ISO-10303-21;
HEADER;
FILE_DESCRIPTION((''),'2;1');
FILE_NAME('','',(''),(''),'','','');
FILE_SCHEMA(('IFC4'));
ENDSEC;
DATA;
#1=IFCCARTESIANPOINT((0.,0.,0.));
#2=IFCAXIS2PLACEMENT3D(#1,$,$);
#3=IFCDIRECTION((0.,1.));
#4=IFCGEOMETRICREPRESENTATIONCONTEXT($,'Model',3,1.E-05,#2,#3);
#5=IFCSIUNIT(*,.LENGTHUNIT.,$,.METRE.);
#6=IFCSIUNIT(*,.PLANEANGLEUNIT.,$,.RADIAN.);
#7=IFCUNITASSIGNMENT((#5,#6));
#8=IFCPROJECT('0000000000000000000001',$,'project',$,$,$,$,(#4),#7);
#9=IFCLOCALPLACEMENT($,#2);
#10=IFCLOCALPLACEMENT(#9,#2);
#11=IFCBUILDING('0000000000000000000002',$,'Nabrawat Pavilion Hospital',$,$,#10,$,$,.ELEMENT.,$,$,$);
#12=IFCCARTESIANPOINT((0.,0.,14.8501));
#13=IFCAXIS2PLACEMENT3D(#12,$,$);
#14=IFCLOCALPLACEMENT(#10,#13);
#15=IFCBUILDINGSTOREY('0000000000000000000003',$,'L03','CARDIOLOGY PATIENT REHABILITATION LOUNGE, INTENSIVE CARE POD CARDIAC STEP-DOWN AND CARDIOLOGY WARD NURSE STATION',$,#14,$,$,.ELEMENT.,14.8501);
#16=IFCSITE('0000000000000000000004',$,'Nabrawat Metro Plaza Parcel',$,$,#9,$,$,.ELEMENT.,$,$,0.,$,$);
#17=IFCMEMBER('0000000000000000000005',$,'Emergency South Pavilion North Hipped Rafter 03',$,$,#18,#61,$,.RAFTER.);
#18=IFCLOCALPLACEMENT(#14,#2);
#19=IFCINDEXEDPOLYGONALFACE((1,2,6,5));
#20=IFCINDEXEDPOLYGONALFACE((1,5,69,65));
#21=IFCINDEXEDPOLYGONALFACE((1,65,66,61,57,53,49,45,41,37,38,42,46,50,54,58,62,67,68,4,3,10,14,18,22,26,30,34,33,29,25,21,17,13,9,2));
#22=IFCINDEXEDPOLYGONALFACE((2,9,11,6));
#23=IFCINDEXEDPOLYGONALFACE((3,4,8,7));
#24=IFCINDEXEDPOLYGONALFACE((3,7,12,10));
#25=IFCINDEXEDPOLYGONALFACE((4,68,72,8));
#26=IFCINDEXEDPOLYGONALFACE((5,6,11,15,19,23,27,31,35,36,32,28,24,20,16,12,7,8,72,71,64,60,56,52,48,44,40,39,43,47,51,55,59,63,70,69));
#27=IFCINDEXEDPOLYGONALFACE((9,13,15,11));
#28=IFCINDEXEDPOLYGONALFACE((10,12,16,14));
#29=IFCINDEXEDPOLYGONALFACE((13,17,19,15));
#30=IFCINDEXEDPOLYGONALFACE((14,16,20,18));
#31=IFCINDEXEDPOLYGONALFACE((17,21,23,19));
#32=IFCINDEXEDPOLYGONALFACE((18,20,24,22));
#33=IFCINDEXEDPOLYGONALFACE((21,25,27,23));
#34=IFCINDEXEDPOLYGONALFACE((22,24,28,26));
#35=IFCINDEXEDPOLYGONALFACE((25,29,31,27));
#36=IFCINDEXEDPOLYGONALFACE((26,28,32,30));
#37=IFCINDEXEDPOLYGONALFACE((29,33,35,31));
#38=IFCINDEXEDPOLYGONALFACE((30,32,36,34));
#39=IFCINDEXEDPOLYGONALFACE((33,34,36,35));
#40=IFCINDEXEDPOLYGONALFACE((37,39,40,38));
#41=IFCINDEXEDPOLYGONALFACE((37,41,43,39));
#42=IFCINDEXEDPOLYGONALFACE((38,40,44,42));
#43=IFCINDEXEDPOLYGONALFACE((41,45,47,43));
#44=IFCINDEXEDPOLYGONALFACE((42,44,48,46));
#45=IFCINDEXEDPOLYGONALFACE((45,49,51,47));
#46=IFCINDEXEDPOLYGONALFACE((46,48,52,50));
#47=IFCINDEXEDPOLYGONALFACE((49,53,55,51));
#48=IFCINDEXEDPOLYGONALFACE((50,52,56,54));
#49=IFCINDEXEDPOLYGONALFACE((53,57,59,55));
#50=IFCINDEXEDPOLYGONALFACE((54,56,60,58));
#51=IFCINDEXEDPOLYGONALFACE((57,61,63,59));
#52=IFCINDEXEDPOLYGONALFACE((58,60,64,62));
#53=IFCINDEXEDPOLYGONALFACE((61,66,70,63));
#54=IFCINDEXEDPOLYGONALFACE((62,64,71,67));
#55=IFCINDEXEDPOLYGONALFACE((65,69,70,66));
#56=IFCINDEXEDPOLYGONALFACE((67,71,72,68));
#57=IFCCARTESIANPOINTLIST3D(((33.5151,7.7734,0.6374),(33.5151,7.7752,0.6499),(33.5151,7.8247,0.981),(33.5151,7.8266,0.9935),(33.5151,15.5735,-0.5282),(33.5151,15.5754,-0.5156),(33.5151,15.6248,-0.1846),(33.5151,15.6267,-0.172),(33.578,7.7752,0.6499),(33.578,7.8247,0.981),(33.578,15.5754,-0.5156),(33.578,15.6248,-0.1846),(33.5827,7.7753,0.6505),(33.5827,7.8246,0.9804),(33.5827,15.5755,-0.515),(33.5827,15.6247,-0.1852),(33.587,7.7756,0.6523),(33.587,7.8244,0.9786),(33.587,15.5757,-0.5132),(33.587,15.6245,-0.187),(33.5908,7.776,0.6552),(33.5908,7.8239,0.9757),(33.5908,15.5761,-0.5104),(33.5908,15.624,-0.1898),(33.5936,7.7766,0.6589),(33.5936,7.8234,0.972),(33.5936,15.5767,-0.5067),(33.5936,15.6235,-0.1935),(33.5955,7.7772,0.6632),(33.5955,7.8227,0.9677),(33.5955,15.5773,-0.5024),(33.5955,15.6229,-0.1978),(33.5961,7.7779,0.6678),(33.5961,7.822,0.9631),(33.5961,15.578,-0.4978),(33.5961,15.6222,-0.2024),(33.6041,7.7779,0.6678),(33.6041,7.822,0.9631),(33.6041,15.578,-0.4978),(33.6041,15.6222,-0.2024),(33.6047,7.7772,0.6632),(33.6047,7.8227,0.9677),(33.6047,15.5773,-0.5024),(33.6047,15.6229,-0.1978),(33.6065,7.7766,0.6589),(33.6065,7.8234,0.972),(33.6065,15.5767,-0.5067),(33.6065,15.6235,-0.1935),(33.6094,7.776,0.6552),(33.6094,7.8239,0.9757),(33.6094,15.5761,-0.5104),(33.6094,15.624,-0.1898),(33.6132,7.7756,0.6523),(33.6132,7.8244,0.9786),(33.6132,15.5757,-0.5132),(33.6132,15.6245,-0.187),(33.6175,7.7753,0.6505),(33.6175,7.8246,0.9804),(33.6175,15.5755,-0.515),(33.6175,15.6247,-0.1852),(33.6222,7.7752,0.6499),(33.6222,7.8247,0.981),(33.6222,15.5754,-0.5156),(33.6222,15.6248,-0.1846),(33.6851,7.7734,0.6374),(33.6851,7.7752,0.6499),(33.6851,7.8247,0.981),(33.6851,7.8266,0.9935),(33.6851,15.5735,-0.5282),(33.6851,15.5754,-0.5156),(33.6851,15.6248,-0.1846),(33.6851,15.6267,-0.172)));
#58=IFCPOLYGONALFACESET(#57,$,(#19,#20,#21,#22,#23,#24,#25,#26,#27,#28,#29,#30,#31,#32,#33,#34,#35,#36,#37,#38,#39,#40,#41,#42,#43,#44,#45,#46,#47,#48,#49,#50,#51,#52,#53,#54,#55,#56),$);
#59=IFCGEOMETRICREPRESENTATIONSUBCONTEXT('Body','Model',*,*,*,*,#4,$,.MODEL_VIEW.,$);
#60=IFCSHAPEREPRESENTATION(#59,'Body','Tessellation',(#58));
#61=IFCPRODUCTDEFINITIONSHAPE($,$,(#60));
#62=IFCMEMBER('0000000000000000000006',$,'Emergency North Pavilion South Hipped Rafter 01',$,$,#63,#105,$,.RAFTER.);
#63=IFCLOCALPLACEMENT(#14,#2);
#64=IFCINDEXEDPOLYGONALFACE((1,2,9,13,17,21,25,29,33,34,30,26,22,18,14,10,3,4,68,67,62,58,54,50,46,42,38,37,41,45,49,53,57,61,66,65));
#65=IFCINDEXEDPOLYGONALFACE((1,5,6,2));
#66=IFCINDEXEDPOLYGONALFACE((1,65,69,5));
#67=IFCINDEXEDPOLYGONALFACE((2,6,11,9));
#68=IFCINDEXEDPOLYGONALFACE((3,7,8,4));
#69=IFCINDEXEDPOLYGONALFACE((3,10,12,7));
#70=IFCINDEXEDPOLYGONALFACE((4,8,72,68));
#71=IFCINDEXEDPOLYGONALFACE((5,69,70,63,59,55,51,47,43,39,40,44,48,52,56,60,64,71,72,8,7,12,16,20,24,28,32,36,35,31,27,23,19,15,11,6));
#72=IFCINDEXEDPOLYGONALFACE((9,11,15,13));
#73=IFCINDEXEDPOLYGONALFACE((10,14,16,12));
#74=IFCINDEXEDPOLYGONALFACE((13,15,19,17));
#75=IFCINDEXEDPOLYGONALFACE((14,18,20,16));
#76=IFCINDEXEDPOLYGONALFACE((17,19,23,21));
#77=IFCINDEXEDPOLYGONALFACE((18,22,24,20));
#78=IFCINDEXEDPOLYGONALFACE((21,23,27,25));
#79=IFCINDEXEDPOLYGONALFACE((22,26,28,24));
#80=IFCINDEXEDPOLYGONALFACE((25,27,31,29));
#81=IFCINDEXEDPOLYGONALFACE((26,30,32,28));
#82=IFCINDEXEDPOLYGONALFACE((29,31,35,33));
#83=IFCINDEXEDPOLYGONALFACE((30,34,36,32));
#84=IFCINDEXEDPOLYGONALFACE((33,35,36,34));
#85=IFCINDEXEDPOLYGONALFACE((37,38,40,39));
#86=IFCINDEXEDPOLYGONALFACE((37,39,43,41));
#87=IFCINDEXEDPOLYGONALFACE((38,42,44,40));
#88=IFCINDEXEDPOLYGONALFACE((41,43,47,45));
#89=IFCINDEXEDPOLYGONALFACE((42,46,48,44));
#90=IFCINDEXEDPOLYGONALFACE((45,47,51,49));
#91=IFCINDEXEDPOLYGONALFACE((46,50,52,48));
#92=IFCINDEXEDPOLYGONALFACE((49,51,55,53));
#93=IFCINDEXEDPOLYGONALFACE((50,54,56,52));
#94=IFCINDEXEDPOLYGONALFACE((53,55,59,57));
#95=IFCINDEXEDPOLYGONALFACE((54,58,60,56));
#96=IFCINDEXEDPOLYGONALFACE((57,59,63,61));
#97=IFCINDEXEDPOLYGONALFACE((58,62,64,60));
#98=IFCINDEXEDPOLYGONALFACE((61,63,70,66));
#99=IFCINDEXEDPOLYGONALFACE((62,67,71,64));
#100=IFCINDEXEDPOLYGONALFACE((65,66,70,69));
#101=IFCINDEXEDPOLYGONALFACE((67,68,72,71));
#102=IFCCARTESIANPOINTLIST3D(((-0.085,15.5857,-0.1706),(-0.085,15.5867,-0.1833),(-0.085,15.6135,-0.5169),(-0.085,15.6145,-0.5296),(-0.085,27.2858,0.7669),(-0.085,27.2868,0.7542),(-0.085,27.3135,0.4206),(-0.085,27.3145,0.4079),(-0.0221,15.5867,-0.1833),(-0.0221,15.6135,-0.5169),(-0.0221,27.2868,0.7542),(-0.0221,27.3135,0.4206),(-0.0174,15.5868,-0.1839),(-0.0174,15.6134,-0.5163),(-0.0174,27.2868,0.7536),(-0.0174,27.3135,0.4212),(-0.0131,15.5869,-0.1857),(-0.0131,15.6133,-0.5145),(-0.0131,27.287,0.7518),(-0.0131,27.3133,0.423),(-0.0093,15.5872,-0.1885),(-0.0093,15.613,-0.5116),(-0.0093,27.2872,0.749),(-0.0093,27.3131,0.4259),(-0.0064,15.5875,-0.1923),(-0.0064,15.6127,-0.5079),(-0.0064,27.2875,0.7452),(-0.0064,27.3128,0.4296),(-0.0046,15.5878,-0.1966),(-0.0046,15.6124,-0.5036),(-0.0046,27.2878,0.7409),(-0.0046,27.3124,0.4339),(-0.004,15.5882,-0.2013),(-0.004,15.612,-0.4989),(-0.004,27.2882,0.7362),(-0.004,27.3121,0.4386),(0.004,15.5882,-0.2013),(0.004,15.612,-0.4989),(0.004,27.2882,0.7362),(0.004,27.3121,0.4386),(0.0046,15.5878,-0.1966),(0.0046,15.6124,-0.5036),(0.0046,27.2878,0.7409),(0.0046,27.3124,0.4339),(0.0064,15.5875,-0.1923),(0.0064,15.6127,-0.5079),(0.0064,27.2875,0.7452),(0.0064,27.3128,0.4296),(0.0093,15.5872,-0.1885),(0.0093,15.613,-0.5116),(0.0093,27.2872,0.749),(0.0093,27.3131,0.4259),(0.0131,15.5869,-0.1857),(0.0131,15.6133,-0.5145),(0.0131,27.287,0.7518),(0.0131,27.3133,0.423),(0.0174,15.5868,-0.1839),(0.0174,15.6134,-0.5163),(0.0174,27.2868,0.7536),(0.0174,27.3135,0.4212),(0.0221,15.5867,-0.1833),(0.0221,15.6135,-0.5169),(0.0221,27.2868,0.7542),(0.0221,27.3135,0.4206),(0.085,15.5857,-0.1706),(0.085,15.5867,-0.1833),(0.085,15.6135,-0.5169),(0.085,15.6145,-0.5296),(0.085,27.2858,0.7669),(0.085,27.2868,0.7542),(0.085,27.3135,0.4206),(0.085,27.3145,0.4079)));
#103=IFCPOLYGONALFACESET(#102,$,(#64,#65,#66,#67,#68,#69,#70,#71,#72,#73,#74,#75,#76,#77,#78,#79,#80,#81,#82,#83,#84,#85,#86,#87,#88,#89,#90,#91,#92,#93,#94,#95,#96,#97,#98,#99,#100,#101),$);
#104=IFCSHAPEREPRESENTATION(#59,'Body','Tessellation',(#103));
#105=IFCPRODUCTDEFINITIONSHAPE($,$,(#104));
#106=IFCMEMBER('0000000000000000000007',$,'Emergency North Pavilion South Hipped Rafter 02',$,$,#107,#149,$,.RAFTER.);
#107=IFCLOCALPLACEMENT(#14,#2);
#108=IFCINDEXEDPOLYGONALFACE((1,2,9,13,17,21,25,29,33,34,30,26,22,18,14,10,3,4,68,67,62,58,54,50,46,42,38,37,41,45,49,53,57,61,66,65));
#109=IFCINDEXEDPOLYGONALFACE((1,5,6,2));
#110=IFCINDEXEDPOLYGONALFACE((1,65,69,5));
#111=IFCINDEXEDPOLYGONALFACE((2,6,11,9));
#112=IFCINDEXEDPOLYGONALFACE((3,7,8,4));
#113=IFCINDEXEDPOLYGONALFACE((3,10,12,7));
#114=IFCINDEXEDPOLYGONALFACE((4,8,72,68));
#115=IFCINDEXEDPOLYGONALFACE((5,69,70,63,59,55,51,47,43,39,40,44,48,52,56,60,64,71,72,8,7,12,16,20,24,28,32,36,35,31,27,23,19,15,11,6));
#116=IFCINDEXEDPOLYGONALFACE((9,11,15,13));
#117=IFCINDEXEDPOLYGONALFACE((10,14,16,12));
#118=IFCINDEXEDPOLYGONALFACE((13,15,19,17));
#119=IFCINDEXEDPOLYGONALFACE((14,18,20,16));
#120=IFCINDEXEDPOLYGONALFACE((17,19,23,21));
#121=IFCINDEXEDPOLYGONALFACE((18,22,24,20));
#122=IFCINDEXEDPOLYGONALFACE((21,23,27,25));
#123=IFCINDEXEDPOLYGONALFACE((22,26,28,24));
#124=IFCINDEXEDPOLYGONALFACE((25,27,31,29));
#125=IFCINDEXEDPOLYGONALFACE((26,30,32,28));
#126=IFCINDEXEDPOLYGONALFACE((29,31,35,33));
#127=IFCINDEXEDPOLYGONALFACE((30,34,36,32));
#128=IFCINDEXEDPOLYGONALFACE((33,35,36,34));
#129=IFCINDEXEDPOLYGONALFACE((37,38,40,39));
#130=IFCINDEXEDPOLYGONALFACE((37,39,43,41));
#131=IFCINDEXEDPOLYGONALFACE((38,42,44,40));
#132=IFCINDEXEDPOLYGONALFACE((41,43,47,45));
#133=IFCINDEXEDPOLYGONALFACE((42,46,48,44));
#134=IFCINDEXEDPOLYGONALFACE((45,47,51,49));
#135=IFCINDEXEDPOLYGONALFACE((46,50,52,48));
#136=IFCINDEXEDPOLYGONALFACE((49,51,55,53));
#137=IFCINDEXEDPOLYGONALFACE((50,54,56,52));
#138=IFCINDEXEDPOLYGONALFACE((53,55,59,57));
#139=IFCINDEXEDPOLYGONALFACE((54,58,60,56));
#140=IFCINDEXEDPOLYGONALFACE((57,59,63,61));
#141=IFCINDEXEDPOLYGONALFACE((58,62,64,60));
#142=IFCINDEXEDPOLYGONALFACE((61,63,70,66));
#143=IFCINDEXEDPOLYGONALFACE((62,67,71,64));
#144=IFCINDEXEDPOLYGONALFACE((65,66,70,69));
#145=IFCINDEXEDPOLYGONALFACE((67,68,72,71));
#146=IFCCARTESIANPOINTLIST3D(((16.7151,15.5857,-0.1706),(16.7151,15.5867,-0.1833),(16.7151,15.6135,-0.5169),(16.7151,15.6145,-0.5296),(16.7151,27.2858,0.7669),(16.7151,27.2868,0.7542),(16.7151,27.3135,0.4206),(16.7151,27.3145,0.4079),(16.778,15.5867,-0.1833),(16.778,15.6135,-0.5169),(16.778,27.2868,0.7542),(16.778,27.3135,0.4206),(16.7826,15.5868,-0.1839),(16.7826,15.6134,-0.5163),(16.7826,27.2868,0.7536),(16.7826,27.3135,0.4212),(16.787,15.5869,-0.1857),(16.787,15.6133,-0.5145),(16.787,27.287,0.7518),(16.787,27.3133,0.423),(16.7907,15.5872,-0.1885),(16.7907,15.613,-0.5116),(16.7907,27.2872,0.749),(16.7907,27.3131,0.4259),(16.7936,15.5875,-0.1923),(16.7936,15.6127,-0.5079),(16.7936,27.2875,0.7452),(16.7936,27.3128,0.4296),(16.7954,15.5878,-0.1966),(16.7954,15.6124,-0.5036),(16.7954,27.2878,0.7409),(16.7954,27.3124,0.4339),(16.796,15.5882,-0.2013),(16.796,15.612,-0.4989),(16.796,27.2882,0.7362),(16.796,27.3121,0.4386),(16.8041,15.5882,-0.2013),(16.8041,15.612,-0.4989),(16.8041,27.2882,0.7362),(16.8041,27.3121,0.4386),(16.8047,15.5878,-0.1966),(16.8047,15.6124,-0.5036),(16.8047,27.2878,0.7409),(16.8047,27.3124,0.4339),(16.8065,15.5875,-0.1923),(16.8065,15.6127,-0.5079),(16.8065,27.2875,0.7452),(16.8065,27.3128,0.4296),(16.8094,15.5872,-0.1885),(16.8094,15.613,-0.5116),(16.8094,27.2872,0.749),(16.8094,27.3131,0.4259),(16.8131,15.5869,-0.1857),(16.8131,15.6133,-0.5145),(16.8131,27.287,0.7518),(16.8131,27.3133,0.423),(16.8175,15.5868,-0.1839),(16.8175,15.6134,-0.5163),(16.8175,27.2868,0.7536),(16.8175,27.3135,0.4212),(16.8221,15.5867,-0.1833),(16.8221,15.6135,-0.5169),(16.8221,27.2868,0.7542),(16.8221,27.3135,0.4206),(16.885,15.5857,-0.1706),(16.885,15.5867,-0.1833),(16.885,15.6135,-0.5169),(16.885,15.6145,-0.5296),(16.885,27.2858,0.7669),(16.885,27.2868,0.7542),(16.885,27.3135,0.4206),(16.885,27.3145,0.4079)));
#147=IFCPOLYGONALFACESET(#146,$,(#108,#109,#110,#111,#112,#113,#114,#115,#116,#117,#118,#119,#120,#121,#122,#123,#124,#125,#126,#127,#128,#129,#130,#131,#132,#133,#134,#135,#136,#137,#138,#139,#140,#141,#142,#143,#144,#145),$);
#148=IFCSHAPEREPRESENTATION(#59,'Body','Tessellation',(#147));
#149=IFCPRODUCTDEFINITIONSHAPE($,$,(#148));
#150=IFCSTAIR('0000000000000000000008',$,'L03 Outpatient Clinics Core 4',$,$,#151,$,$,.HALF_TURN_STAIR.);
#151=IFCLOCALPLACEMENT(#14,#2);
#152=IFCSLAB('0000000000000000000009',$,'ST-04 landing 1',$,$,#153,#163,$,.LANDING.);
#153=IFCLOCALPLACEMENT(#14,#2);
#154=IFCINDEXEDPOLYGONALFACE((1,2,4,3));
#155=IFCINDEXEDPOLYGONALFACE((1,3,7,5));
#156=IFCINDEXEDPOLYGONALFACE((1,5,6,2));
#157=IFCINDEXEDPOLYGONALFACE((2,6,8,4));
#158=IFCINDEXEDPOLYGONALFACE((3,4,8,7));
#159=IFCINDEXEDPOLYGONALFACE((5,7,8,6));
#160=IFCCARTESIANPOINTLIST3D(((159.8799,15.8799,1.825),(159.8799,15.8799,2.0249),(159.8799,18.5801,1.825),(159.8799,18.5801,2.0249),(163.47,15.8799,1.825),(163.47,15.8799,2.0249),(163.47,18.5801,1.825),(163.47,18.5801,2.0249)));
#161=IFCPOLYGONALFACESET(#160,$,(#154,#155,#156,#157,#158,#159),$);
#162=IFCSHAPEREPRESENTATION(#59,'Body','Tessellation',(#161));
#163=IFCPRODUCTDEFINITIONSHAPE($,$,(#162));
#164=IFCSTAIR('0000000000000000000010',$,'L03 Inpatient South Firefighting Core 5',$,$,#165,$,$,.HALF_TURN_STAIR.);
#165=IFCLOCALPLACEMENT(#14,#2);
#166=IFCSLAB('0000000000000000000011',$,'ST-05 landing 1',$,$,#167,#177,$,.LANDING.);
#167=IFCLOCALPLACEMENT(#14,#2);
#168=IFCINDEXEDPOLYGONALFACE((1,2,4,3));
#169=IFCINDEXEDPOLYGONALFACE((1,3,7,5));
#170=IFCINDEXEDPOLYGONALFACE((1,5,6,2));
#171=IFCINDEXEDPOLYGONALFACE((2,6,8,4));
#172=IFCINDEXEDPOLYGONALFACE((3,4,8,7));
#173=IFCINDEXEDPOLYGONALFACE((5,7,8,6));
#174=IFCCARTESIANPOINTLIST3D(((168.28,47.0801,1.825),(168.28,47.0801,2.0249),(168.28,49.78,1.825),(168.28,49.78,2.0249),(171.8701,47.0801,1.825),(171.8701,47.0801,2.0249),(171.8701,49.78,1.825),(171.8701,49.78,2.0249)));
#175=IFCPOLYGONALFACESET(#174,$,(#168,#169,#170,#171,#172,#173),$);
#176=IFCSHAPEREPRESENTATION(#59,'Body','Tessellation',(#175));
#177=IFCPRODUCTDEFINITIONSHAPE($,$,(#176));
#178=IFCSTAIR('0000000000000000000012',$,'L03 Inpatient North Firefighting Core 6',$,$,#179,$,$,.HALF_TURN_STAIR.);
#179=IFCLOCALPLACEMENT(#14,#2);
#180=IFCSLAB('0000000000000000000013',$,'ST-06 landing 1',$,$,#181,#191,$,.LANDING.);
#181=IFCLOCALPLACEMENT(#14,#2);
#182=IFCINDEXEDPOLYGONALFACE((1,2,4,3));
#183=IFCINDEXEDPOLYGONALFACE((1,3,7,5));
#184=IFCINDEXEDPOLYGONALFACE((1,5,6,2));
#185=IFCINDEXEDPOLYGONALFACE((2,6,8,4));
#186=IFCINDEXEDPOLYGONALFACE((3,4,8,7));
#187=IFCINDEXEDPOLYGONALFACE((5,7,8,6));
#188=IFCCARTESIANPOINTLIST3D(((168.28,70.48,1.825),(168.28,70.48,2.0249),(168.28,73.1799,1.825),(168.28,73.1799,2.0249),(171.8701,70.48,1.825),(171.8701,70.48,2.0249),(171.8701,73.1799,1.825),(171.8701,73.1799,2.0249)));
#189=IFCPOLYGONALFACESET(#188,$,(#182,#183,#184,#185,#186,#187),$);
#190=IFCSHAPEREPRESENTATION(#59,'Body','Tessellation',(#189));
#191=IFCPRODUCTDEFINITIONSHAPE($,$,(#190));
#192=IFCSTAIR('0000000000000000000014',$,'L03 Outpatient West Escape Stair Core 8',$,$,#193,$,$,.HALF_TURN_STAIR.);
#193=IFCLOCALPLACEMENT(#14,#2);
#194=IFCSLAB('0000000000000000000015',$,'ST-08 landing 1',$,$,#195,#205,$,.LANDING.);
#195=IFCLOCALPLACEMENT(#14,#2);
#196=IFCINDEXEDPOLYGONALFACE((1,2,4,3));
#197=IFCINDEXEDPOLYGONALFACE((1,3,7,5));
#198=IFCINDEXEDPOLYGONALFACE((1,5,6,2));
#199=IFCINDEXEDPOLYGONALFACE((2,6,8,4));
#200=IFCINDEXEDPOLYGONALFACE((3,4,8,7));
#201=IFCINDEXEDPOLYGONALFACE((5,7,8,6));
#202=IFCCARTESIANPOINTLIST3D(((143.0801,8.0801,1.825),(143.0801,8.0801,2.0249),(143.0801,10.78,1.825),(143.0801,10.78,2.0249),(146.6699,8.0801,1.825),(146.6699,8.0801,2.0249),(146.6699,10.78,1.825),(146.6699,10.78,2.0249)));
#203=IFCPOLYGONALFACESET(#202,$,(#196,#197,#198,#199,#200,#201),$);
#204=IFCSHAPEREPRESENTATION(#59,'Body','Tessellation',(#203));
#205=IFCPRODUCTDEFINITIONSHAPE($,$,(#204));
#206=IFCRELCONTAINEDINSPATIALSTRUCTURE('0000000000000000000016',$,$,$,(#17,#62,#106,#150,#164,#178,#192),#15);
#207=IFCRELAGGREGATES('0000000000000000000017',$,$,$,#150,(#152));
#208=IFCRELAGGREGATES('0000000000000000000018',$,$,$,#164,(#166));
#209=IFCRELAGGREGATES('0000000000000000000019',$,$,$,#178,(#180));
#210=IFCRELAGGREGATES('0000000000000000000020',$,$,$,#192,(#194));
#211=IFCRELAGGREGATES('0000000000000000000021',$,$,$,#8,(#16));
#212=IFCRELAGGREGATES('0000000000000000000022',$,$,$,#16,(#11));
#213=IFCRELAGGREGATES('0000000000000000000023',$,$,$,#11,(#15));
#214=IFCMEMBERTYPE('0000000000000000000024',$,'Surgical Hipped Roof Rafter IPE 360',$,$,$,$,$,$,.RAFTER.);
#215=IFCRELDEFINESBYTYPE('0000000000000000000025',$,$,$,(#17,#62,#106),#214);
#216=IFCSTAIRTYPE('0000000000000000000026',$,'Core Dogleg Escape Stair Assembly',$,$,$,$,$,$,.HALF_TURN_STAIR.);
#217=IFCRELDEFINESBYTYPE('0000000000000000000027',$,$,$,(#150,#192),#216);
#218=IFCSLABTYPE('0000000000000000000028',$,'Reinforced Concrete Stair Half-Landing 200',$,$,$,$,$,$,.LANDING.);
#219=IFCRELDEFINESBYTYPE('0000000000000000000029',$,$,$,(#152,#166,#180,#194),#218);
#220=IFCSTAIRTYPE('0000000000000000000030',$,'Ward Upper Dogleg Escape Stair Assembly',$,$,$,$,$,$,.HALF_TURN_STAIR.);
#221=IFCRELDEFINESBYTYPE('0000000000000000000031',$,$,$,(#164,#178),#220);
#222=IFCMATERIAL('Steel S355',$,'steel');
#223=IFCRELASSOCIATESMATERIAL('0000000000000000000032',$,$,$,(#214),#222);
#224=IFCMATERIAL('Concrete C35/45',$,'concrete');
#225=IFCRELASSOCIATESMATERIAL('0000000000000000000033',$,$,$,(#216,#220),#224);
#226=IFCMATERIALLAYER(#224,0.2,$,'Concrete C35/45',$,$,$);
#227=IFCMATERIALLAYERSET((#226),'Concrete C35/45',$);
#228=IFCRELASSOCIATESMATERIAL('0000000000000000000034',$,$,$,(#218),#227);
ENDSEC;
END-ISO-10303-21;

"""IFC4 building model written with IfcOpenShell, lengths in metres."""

from ifc_helpers import new_model, si_unit, direction, frame, origin, origin_2d, place, context, subcontext, project, spatial, polyline, i_section, outline, extrude, material, layer, layer_set, material_profile, profile_set, type_object, element, aggregate, save


model = new_model("IFC4")

# Units and contexts
model_context = context("Model", 3, precision=1e-05, world=origin(), true_north=direction((0.0, 1.0)))
body_context = subcontext(model_context, "Body", "Model", "MODEL_VIEW")
ifc_project = project(units=[si_unit("LENGTHUNIT", "METRE"), si_unit("PLANEANGLEUNIT", "RADIAN")], contexts=[model_context])

# Site, building, storey
site_placement = place(None, origin())
site = spatial("IfcSite", under=ifc_project, at=site_placement, Name="Nabrawat Metro Plaza Parcel", CompositionType="ELEMENT", RefElevation=0.0)
building_placement = place(site_placement, origin())
building = spatial("IfcBuilding", under=site, at=building_placement, Name="Nabrawat Pavilion Hospital", CompositionType="ELEMENT")
storey_placement = place(building_placement, frame((0.0, 0.0, 14.8501)))
storey = spatial("IfcBuildingStorey", under=building, at=storey_placement, Name="L03", Description="CARDIOLOGY PATIENT REHABILITATION LOUNGE, INTENSIVE CARE POD CARDIAC STEP-DOWN AND CARDIOLOGY WARD NURSE STATION", CompositionType="ELEMENT", Elevation=14.8501)

# Members
ifc_material_1 = material(Name="Steel S355", Category="steel")
ifc_material_profile_1 = material_profile(ifc_material_1, i_section(OverallWidth=0.1699, OverallDepth=0.3601, WebThickness=0.0081, FlangeThickness=0.0127, FilletRadius=0.0181, at=origin_2d()), Name="IPE 360")
ifc_profile_set_1 = profile_set([ifc_material_profile_1], Name="Steel S355")
member_type_1 = type_object("IfcMemberType", Name="Surgical Hipped Roof Rafter IPE 360", PredefinedType="RAFTER", material=ifc_profile_set_1)
for number, where, z_axis, x_axis, name in (
    (1, (33.6001, 15.6001, -0.3501), (0.0, -0.98902, 0.147785), (1.0, 0.0, 0.0), "Emergency South Pavilion North Hipped Rafter 03"),
):
    element("IfcMember", number, at=place(storey_placement, frame(where, z_axis=z_axis, x_axis=x_axis)), inside=storey, type_object=member_type_1, Name=name, PredefinedType="RAFTER", context=body_context, shape_type="SweptSolid", body=[
        extrude(i_section(OverallWidth=0.1699, OverallDepth=0.3601, WebThickness=0.0081, FlangeThickness=0.0127, FilletRadius=0.0181, at=origin_2d()), origin(), (0.0, 0.0, 1.0), 7.8867),
    ])
for number, where, z_axis, x_axis, name in (
    (2, (0.0, 15.6001, -0.3501), (0.0, 0.996805, 0.079873), (-1.0, 0.0, 0.0), "Emergency North Pavilion South Hipped Rafter 01"),
    (3, (16.8, 15.6001, -0.3501), (0.0, 0.996805, 0.079873), (-1.0, 0.0, 0.0), "Emergency North Pavilion South Hipped Rafter 02"),
):
    element("IfcMember", number, at=place(storey_placement, frame(where, z_axis=z_axis, x_axis=x_axis)), inside=storey, type_object=member_type_1, Name=name, PredefinedType="RAFTER", context=body_context, shape_type="SweptSolid", body=[
        extrude(i_section(OverallWidth=0.1699, OverallDepth=0.3601, WebThickness=0.0081, FlangeThickness=0.0127, FilletRadius=0.0181, at=origin_2d()), origin(), (0.0, 0.0, 1.0), 11.7375),
    ])

# Stairs, slabs
ifc_material_2 = material(Name="Concrete C35/45", Category="concrete")
stair_type_1 = type_object("IfcStairType", Name="Core Dogleg Escape Stair Assembly", PredefinedType="HALF_TURN_STAIR", material=ifc_material_2)
stair_1_placement = place(storey_placement, origin())
stair_1 = element("IfcStair", 4, at=stair_1_placement, inside=storey, type_object=stair_type_1, Name="L03 Outpatient Clinics Core 4", PredefinedType="HALF_TURN_STAIR")
ifc_layer_1 = layer(ifc_material_2, 0.2, Name="Concrete C35/45")
ifc_layer_set_1 = layer_set([ifc_layer_1], Name="Concrete C35/45")
slab_type = type_object("IfcSlabType", Name="Reinforced Concrete Stair Half-Landing 200", PredefinedType="LANDING", material=ifc_layer_set_1)
slab_1_placement = place(storey_placement, frame((0.0, 0.0, 1.825)))
slab_1 = element("IfcSlab", 5, at=slab_1_placement, type_object=slab_type, Name="ST-04 landing 1", PredefinedType="LANDING", context=body_context, shape_type="SweptSolid", body=[
    extrude(outline(polyline([(163.47, 15.8799), (163.47, 18.5801), (159.8799, 18.5801), (159.8799, 15.8799), (163.47, 15.8799)])), origin(), (0.0, 0.0, 1.0), 0.2),
])
aggregate(stair_1, [slab_1])
stair_type_2 = type_object("IfcStairType", Name="Ward Upper Dogleg Escape Stair Assembly", PredefinedType="HALF_TURN_STAIR", material=ifc_material_2)
stair_2_placement = place(storey_placement, origin())
stair_2 = element("IfcStair", 6, at=stair_2_placement, inside=storey, type_object=stair_type_2, Name="L03 Inpatient South Firefighting Core 5", PredefinedType="HALF_TURN_STAIR")
slab_2_placement = place(storey_placement, frame((0.0, 0.0, 1.825)))
slab_2 = element("IfcSlab", 7, at=slab_2_placement, type_object=slab_type, Name="ST-05 landing 1", PredefinedType="LANDING", context=body_context, shape_type="SweptSolid", body=[
    extrude(outline(polyline([(171.8701, 47.0801), (171.8701, 49.78), (168.28, 49.78), (168.28, 47.0801), (171.8701, 47.0801)])), origin(), (0.0, 0.0, 1.0), 0.2),
])
aggregate(stair_2, [slab_2])
stair_3_placement = place(storey_placement, origin())
stair_3 = element("IfcStair", 8, at=stair_3_placement, inside=storey, type_object=stair_type_2, Name="L03 Inpatient North Firefighting Core 6", PredefinedType="HALF_TURN_STAIR")
slab_3_placement = place(storey_placement, frame((0.0, 0.0, 1.825)))
slab_3 = element("IfcSlab", 9, at=slab_3_placement, type_object=slab_type, Name="ST-06 landing 1", PredefinedType="LANDING", context=body_context, shape_type="SweptSolid", body=[
    extrude(outline(polyline([(171.8701, 70.48), (171.8701, 73.1799), (168.28, 73.1799), (168.28, 70.48), (171.8701, 70.48)])), origin(), (0.0, 0.0, 1.0), 0.2),
])
aggregate(stair_3, [slab_3])
stair_4_placement = place(storey_placement, origin())
stair_4 = element("IfcStair", 10, at=stair_4_placement, inside=storey, type_object=stair_type_1, Name="L03 Outpatient West Escape Stair Core 8", PredefinedType="HALF_TURN_STAIR")
slab_4_placement = place(storey_placement, frame((0.0, 0.0, 1.825)))
slab_4 = element("IfcSlab", 11, at=slab_4_placement, type_object=slab_type, Name="ST-08 landing 1", PredefinedType="LANDING", context=body_context, shape_type="SweptSolid", body=[
    extrude(outline(polyline([(146.6699, 8.0801), (146.6699, 10.78), (143.0801, 10.78), (143.0801, 8.0801), (146.6699, 8.0801)])), origin(), (0.0, 0.0, 1.0), 0.2),
])
aggregate(stair_4, [slab_4])

save(model, "model.ifc")
